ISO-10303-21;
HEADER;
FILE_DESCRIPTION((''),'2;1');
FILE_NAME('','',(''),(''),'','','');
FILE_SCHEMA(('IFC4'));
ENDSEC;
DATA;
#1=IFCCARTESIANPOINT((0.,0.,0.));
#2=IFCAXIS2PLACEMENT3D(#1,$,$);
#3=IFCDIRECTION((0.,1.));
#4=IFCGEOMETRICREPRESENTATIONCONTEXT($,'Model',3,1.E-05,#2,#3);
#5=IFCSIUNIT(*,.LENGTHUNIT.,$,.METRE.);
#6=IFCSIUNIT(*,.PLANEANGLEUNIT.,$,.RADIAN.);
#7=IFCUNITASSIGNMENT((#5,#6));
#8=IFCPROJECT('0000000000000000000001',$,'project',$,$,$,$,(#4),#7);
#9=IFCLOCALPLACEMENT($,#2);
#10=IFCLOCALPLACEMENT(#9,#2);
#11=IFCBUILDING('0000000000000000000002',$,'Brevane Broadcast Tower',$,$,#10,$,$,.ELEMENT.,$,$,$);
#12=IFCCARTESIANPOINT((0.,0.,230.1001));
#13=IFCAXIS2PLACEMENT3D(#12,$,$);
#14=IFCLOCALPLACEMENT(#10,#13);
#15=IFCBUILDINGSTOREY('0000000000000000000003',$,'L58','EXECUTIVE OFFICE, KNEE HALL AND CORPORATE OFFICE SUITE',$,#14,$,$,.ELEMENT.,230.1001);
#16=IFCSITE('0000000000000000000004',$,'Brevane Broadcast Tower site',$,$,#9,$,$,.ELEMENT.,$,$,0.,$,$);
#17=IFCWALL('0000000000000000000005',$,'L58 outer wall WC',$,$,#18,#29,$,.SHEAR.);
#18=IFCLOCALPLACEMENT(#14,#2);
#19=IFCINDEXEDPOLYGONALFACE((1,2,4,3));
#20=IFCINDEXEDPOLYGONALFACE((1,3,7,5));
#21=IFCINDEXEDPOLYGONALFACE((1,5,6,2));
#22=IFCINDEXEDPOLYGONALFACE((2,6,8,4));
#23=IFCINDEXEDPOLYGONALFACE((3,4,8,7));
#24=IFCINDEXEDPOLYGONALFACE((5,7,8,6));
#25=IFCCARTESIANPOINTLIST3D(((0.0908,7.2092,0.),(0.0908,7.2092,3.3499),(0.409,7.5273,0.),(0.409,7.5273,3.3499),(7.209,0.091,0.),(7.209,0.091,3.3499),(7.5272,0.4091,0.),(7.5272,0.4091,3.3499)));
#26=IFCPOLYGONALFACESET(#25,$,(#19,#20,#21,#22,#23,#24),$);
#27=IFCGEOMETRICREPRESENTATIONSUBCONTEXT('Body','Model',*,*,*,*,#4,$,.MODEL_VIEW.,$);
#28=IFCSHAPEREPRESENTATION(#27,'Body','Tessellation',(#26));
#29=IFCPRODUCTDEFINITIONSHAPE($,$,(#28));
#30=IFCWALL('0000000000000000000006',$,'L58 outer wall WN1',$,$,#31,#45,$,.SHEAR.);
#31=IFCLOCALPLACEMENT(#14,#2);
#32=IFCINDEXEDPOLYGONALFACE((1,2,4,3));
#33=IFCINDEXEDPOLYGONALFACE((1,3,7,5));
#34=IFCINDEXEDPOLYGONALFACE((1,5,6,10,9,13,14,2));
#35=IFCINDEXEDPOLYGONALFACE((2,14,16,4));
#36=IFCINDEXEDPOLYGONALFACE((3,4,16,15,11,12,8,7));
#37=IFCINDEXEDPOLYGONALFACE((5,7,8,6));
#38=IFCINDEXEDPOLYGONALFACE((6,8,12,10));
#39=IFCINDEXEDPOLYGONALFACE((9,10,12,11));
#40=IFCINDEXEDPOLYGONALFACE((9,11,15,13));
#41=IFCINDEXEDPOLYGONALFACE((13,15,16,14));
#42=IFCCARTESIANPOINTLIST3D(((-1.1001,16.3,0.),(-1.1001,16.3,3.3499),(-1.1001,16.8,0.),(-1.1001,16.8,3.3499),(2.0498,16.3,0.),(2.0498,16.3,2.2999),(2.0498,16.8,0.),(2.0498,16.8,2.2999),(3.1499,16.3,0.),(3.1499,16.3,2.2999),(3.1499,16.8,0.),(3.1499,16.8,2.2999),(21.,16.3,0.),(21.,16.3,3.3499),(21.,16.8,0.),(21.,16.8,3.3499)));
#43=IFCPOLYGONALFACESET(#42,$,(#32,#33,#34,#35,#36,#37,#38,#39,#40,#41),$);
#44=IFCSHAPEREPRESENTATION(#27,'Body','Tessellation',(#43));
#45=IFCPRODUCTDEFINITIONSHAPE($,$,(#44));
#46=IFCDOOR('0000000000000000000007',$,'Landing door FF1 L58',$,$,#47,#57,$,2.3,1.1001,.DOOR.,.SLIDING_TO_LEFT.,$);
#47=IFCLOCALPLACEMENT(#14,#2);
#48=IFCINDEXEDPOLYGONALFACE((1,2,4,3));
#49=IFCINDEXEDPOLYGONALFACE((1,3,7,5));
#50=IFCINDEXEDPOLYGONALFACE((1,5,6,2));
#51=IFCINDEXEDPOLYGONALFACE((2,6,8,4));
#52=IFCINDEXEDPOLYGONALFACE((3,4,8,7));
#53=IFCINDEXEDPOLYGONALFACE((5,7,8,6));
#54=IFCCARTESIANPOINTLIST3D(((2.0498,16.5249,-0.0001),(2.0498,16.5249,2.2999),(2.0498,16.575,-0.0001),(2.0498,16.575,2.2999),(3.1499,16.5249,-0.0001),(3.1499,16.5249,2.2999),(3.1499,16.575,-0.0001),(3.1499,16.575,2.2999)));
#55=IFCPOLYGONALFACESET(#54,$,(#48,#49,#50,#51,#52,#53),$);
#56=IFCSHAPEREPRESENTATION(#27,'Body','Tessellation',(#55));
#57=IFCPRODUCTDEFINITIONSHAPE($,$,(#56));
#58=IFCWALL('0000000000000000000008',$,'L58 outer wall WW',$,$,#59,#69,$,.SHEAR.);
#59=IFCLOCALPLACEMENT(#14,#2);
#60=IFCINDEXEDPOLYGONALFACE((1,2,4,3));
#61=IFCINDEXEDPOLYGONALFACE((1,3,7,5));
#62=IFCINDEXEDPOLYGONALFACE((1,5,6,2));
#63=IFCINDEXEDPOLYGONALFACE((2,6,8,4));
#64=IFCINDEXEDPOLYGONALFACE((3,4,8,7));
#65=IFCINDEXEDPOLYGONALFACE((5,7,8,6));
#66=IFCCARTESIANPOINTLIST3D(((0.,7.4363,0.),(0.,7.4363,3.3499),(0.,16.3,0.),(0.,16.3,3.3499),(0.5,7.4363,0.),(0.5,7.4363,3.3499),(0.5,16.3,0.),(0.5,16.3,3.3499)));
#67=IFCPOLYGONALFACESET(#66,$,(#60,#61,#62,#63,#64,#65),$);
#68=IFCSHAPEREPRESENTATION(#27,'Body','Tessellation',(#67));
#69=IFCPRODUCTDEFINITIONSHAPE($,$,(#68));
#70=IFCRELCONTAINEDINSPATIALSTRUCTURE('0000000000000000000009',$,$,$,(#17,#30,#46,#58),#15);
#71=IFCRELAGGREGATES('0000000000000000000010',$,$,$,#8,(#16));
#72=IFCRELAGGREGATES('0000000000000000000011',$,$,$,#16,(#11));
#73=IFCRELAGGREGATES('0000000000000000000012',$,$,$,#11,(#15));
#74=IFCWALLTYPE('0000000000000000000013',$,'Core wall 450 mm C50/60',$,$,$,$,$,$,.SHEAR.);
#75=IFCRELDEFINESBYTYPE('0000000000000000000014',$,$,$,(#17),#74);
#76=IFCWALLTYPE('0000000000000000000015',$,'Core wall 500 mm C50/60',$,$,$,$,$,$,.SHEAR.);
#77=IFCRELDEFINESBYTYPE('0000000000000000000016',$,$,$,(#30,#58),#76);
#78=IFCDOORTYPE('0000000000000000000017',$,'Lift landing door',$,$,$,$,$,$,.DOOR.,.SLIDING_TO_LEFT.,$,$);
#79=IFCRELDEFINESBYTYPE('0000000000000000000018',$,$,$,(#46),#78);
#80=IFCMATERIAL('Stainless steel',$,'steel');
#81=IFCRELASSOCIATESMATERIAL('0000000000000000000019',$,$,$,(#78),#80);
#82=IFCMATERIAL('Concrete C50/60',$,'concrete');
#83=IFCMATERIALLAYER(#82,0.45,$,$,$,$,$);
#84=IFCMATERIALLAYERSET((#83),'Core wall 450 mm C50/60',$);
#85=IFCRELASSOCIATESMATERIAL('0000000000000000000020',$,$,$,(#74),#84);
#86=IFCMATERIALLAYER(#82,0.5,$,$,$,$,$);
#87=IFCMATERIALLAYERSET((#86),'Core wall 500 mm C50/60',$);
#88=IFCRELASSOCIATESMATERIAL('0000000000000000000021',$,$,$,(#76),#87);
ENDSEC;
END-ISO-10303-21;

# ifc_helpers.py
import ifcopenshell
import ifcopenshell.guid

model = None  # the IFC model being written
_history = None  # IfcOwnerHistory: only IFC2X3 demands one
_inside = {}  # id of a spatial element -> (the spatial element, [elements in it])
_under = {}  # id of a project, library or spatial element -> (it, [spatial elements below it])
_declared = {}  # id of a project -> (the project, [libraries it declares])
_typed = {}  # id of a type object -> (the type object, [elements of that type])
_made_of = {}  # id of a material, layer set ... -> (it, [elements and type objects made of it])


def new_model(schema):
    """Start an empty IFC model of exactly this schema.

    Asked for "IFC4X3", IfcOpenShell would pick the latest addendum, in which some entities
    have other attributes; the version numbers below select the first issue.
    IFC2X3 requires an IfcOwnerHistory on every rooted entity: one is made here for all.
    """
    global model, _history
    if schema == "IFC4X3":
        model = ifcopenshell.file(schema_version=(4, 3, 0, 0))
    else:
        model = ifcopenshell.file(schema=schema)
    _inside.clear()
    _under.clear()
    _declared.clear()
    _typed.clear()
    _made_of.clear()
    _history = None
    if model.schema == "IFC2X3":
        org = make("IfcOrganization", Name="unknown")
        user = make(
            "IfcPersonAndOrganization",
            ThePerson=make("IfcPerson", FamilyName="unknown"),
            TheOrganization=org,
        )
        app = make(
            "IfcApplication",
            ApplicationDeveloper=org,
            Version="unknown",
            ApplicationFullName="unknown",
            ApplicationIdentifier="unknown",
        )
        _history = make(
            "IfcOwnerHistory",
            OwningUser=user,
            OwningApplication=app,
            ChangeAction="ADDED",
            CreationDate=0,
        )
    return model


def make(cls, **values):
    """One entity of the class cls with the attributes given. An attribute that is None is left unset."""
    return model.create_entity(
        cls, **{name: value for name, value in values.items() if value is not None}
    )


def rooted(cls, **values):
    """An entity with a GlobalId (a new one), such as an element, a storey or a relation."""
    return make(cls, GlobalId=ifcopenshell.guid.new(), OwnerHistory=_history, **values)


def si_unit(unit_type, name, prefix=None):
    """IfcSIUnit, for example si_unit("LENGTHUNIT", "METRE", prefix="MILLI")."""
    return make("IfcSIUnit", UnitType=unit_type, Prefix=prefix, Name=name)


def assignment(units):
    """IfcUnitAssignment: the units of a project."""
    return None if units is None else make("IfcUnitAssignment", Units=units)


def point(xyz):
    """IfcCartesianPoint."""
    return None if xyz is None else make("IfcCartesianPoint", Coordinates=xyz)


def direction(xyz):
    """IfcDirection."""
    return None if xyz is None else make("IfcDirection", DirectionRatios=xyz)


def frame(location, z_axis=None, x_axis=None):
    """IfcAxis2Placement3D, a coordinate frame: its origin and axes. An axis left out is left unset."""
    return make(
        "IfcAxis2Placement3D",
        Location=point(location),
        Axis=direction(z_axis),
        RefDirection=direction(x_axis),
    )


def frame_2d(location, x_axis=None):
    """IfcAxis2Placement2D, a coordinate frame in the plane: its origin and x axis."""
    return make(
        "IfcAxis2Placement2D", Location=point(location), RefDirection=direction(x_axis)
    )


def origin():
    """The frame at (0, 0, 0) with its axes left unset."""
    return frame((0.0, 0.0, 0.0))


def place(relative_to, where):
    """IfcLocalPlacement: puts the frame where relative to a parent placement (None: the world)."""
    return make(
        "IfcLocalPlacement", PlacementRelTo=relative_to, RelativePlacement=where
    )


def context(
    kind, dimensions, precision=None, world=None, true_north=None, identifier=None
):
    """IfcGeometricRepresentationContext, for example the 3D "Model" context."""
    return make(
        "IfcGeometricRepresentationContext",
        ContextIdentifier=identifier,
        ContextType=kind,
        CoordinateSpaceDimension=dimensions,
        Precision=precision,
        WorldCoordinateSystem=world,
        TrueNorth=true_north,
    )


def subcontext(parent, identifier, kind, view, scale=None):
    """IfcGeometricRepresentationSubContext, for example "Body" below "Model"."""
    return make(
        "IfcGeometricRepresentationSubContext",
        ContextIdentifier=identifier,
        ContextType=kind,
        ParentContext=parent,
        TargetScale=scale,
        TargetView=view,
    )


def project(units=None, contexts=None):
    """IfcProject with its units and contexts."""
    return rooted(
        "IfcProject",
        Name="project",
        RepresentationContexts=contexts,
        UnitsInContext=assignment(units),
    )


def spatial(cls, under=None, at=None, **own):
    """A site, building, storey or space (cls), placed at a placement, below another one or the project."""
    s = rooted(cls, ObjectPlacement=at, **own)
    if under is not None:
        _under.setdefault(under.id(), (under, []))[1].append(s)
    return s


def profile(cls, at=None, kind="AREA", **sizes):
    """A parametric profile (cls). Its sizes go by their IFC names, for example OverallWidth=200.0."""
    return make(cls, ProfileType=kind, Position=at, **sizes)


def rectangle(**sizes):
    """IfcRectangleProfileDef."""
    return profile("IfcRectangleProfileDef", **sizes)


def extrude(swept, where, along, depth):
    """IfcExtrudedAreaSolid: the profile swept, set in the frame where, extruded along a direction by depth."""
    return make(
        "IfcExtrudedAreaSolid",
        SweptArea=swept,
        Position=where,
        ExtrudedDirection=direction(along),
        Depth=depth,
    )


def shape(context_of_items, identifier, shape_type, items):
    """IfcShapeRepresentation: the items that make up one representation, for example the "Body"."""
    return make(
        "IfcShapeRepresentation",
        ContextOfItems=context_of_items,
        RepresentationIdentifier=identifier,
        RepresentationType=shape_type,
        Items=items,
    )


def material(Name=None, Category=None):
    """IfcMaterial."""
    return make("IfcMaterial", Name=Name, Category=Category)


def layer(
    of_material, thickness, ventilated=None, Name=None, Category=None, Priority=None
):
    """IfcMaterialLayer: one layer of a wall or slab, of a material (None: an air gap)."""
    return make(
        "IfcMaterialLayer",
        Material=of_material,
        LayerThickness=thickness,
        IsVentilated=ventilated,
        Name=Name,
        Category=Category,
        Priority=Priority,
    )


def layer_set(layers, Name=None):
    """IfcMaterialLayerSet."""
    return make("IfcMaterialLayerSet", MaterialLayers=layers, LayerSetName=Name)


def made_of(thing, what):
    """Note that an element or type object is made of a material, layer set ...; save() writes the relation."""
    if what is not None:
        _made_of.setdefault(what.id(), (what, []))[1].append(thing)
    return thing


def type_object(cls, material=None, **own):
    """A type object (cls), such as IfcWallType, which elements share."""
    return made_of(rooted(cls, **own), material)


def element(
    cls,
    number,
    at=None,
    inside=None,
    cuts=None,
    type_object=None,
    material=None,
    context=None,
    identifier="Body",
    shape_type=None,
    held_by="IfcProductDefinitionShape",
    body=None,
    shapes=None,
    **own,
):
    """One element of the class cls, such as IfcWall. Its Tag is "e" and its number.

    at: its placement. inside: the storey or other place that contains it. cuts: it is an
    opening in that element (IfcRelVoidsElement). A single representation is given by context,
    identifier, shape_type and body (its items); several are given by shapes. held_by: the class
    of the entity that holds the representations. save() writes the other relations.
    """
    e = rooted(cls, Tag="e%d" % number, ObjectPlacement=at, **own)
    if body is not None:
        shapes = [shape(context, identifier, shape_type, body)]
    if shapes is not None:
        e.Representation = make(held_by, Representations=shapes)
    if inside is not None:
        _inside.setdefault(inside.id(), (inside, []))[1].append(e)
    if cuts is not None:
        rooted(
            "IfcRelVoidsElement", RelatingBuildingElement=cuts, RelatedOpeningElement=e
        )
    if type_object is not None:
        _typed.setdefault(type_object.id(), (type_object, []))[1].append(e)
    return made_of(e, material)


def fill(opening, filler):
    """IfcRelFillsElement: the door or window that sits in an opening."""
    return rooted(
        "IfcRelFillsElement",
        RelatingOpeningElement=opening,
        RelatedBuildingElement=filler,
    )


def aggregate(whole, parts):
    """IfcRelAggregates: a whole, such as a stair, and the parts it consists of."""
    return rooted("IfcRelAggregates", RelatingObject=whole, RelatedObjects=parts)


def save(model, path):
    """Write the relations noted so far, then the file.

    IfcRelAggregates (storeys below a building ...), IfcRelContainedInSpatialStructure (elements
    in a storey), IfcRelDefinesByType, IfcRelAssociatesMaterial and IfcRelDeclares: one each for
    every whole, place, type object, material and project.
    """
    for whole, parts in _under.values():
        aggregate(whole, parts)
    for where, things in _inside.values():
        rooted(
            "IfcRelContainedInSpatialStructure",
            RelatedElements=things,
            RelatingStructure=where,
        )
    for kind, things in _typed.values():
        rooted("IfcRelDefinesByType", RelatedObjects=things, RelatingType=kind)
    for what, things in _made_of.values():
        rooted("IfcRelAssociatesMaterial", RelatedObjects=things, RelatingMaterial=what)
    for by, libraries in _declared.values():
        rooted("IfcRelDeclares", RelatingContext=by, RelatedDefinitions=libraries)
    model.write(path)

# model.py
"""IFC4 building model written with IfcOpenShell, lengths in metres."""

from ifc_helpers import new_model, si_unit, direction, frame, frame_2d, origin, place, context, subcontext, project, spatial, rectangle, extrude, material, layer, layer_set, type_object, element, fill, save


model = new_model("IFC4")

# Units and contexts
model_context = context("Model", 3, precision=1e-05, world=origin(), true_north=direction((0.0, 1.0)))
body_context = subcontext(model_context, "Body", "Model", "MODEL_VIEW")
ifc_project = project(units=[si_unit("LENGTHUNIT", "METRE"), si_unit("PLANEANGLEUNIT", "RADIAN")], contexts=[model_context])

# Site, building, storey
site_placement = place(None, origin())
site = spatial("IfcSite", under=ifc_project, at=site_placement, Name="Brevane Broadcast Tower site", CompositionType="ELEMENT", RefElevation=0.0)
building_placement = place(site_placement, origin())
building = spatial("IfcBuilding", under=site, at=building_placement, Name="Brevane Broadcast Tower", CompositionType="ELEMENT")
storey_placement = place(building_placement, frame((0.0, 0.0, 230.1001)))
storey = spatial("IfcBuildingStorey", under=building, at=storey_placement, Name="L58", Description="EXECUTIVE OFFICE, KNEE HALL AND CORPORATE OFFICE SUITE", CompositionType="ELEMENT", Elevation=230.1001)

# Shared definitions
ifc_material_1 = material(Name="Concrete C50/60", Category="concrete")
ifc_material_2 = material(Name="Stainless steel", Category="steel")
door_type_1 = type_object("IfcDoorType", Name="Lift landing door", OperationType="SLIDING_TO_LEFT", PredefinedType="DOOR", material=ifc_material_2)

# Wall
ifc_layer_1 = layer(ifc_material_1, 0.45)
ifc_layer_set_1 = layer_set([ifc_layer_1], Name="Core wall 450 mm C50/60")
wall_type_1 = type_object("IfcWallType", Name="Core wall 450 mm C50/60", PredefinedType="SHEAR", material=ifc_layer_set_1)
wall_1_placement = place(storey_placement, frame((0.25, 7.3682, 0.0), z_axis=(0.0, 0.0, 1.0), x_axis=(0.707107, -0.707107, 0.0)))
element("IfcWall", 1, at=wall_1_placement, inside=storey, type_object=wall_type_1, Name="L58 outer wall WC", PredefinedType="SHEAR", context=body_context, shape_type="SweptSolid", body=[
    extrude(rectangle(XDim=10.0667, YDim=0.45, at=frame_2d((5.0332, 0.0))), origin(), (0.0, 0.0, 1.0), 3.3499),
])

# Wall, opening, door
ifc_layer_2 = layer(ifc_material_1, 0.5)
ifc_layer_set_2 = layer_set([ifc_layer_2], Name="Core wall 500 mm C50/60")
wall_type_2 = type_object("IfcWallType", Name="Core wall 500 mm C50/60", PredefinedType="SHEAR", material=ifc_layer_set_2)
wall_2_placement = place(storey_placement, frame((-1.1001, 16.55, 0.0), z_axis=(0.0, 0.0, 1.0), x_axis=(1.0, 0.0, 0.0)))
wall_2 = element("IfcWall", 2, at=wall_2_placement, inside=storey, type_object=wall_type_2, Name="L58 outer wall WN1", PredefinedType="SHEAR", context=body_context, shape_type="SweptSolid", body=[
    extrude(rectangle(XDim=22.1001, YDim=0.5, at=frame_2d((11.05, 0.0))), origin(), (0.0, 0.0, 1.0), 3.3499),
])
opening_1_placement = place(wall_2_placement, frame((3.1499, 0.0, 0.0)))
opening_1 = element("IfcOpeningElement", 3, at=opening_1_placement, cuts=wall_2, PredefinedType="OPENING", context=body_context, shape_type="SweptSolid", body=[
    extrude(rectangle(XDim=1.1001, YDim=2.3, at=frame_2d((0.55, 1.1499))), frame((0.0, 0.26, 0.0), z_axis=(0.0, -1.0, 0.0), x_axis=(1.0, 0.0, 0.0)), (0.0, 0.0, 1.0), 0.52),
])
door_1_placement = place(opening_1_placement, origin())
door_1 = element("IfcDoor", 4, at=door_1_placement, inside=storey, type_object=door_type_1, Name="Landing door FF1 L58", OperationType="SLIDING_TO_LEFT", OverallHeight=2.3, OverallWidth=1.1001, PredefinedType="DOOR", context=body_context, shape_type="SweptSolid", body=[
    extrude(rectangle(XDim=1.1001, YDim=2.3, at=frame_2d((0.55, 1.1499))), frame((0.0, 0.0249, 0.0), z_axis=(0.0, -1.0, 0.0), x_axis=(1.0, 0.0, 0.0)), (0.0, 0.0, 1.0), 0.05),
])
fill(opening_1, door_1)

# Wall
wall_3_placement = place(storey_placement, frame((0.25, 7.4363, 0.0), z_axis=(0.0, 0.0, 1.0), x_axis=(0.0, 1.0, 0.0)))
element("IfcWall", 5, at=wall_3_placement, inside=storey, type_object=wall_type_2, Name="L58 outer wall WW", PredefinedType="SHEAR", context=body_context, shape_type="SweptSolid", body=[
    extrude(rectangle(XDim=8.8638, YDim=0.5, at=frame_2d((4.4319, 0.0))), origin(), (0.0, 0.0, 1.0), 3.3499),
])

save(model, "model.ifc")
